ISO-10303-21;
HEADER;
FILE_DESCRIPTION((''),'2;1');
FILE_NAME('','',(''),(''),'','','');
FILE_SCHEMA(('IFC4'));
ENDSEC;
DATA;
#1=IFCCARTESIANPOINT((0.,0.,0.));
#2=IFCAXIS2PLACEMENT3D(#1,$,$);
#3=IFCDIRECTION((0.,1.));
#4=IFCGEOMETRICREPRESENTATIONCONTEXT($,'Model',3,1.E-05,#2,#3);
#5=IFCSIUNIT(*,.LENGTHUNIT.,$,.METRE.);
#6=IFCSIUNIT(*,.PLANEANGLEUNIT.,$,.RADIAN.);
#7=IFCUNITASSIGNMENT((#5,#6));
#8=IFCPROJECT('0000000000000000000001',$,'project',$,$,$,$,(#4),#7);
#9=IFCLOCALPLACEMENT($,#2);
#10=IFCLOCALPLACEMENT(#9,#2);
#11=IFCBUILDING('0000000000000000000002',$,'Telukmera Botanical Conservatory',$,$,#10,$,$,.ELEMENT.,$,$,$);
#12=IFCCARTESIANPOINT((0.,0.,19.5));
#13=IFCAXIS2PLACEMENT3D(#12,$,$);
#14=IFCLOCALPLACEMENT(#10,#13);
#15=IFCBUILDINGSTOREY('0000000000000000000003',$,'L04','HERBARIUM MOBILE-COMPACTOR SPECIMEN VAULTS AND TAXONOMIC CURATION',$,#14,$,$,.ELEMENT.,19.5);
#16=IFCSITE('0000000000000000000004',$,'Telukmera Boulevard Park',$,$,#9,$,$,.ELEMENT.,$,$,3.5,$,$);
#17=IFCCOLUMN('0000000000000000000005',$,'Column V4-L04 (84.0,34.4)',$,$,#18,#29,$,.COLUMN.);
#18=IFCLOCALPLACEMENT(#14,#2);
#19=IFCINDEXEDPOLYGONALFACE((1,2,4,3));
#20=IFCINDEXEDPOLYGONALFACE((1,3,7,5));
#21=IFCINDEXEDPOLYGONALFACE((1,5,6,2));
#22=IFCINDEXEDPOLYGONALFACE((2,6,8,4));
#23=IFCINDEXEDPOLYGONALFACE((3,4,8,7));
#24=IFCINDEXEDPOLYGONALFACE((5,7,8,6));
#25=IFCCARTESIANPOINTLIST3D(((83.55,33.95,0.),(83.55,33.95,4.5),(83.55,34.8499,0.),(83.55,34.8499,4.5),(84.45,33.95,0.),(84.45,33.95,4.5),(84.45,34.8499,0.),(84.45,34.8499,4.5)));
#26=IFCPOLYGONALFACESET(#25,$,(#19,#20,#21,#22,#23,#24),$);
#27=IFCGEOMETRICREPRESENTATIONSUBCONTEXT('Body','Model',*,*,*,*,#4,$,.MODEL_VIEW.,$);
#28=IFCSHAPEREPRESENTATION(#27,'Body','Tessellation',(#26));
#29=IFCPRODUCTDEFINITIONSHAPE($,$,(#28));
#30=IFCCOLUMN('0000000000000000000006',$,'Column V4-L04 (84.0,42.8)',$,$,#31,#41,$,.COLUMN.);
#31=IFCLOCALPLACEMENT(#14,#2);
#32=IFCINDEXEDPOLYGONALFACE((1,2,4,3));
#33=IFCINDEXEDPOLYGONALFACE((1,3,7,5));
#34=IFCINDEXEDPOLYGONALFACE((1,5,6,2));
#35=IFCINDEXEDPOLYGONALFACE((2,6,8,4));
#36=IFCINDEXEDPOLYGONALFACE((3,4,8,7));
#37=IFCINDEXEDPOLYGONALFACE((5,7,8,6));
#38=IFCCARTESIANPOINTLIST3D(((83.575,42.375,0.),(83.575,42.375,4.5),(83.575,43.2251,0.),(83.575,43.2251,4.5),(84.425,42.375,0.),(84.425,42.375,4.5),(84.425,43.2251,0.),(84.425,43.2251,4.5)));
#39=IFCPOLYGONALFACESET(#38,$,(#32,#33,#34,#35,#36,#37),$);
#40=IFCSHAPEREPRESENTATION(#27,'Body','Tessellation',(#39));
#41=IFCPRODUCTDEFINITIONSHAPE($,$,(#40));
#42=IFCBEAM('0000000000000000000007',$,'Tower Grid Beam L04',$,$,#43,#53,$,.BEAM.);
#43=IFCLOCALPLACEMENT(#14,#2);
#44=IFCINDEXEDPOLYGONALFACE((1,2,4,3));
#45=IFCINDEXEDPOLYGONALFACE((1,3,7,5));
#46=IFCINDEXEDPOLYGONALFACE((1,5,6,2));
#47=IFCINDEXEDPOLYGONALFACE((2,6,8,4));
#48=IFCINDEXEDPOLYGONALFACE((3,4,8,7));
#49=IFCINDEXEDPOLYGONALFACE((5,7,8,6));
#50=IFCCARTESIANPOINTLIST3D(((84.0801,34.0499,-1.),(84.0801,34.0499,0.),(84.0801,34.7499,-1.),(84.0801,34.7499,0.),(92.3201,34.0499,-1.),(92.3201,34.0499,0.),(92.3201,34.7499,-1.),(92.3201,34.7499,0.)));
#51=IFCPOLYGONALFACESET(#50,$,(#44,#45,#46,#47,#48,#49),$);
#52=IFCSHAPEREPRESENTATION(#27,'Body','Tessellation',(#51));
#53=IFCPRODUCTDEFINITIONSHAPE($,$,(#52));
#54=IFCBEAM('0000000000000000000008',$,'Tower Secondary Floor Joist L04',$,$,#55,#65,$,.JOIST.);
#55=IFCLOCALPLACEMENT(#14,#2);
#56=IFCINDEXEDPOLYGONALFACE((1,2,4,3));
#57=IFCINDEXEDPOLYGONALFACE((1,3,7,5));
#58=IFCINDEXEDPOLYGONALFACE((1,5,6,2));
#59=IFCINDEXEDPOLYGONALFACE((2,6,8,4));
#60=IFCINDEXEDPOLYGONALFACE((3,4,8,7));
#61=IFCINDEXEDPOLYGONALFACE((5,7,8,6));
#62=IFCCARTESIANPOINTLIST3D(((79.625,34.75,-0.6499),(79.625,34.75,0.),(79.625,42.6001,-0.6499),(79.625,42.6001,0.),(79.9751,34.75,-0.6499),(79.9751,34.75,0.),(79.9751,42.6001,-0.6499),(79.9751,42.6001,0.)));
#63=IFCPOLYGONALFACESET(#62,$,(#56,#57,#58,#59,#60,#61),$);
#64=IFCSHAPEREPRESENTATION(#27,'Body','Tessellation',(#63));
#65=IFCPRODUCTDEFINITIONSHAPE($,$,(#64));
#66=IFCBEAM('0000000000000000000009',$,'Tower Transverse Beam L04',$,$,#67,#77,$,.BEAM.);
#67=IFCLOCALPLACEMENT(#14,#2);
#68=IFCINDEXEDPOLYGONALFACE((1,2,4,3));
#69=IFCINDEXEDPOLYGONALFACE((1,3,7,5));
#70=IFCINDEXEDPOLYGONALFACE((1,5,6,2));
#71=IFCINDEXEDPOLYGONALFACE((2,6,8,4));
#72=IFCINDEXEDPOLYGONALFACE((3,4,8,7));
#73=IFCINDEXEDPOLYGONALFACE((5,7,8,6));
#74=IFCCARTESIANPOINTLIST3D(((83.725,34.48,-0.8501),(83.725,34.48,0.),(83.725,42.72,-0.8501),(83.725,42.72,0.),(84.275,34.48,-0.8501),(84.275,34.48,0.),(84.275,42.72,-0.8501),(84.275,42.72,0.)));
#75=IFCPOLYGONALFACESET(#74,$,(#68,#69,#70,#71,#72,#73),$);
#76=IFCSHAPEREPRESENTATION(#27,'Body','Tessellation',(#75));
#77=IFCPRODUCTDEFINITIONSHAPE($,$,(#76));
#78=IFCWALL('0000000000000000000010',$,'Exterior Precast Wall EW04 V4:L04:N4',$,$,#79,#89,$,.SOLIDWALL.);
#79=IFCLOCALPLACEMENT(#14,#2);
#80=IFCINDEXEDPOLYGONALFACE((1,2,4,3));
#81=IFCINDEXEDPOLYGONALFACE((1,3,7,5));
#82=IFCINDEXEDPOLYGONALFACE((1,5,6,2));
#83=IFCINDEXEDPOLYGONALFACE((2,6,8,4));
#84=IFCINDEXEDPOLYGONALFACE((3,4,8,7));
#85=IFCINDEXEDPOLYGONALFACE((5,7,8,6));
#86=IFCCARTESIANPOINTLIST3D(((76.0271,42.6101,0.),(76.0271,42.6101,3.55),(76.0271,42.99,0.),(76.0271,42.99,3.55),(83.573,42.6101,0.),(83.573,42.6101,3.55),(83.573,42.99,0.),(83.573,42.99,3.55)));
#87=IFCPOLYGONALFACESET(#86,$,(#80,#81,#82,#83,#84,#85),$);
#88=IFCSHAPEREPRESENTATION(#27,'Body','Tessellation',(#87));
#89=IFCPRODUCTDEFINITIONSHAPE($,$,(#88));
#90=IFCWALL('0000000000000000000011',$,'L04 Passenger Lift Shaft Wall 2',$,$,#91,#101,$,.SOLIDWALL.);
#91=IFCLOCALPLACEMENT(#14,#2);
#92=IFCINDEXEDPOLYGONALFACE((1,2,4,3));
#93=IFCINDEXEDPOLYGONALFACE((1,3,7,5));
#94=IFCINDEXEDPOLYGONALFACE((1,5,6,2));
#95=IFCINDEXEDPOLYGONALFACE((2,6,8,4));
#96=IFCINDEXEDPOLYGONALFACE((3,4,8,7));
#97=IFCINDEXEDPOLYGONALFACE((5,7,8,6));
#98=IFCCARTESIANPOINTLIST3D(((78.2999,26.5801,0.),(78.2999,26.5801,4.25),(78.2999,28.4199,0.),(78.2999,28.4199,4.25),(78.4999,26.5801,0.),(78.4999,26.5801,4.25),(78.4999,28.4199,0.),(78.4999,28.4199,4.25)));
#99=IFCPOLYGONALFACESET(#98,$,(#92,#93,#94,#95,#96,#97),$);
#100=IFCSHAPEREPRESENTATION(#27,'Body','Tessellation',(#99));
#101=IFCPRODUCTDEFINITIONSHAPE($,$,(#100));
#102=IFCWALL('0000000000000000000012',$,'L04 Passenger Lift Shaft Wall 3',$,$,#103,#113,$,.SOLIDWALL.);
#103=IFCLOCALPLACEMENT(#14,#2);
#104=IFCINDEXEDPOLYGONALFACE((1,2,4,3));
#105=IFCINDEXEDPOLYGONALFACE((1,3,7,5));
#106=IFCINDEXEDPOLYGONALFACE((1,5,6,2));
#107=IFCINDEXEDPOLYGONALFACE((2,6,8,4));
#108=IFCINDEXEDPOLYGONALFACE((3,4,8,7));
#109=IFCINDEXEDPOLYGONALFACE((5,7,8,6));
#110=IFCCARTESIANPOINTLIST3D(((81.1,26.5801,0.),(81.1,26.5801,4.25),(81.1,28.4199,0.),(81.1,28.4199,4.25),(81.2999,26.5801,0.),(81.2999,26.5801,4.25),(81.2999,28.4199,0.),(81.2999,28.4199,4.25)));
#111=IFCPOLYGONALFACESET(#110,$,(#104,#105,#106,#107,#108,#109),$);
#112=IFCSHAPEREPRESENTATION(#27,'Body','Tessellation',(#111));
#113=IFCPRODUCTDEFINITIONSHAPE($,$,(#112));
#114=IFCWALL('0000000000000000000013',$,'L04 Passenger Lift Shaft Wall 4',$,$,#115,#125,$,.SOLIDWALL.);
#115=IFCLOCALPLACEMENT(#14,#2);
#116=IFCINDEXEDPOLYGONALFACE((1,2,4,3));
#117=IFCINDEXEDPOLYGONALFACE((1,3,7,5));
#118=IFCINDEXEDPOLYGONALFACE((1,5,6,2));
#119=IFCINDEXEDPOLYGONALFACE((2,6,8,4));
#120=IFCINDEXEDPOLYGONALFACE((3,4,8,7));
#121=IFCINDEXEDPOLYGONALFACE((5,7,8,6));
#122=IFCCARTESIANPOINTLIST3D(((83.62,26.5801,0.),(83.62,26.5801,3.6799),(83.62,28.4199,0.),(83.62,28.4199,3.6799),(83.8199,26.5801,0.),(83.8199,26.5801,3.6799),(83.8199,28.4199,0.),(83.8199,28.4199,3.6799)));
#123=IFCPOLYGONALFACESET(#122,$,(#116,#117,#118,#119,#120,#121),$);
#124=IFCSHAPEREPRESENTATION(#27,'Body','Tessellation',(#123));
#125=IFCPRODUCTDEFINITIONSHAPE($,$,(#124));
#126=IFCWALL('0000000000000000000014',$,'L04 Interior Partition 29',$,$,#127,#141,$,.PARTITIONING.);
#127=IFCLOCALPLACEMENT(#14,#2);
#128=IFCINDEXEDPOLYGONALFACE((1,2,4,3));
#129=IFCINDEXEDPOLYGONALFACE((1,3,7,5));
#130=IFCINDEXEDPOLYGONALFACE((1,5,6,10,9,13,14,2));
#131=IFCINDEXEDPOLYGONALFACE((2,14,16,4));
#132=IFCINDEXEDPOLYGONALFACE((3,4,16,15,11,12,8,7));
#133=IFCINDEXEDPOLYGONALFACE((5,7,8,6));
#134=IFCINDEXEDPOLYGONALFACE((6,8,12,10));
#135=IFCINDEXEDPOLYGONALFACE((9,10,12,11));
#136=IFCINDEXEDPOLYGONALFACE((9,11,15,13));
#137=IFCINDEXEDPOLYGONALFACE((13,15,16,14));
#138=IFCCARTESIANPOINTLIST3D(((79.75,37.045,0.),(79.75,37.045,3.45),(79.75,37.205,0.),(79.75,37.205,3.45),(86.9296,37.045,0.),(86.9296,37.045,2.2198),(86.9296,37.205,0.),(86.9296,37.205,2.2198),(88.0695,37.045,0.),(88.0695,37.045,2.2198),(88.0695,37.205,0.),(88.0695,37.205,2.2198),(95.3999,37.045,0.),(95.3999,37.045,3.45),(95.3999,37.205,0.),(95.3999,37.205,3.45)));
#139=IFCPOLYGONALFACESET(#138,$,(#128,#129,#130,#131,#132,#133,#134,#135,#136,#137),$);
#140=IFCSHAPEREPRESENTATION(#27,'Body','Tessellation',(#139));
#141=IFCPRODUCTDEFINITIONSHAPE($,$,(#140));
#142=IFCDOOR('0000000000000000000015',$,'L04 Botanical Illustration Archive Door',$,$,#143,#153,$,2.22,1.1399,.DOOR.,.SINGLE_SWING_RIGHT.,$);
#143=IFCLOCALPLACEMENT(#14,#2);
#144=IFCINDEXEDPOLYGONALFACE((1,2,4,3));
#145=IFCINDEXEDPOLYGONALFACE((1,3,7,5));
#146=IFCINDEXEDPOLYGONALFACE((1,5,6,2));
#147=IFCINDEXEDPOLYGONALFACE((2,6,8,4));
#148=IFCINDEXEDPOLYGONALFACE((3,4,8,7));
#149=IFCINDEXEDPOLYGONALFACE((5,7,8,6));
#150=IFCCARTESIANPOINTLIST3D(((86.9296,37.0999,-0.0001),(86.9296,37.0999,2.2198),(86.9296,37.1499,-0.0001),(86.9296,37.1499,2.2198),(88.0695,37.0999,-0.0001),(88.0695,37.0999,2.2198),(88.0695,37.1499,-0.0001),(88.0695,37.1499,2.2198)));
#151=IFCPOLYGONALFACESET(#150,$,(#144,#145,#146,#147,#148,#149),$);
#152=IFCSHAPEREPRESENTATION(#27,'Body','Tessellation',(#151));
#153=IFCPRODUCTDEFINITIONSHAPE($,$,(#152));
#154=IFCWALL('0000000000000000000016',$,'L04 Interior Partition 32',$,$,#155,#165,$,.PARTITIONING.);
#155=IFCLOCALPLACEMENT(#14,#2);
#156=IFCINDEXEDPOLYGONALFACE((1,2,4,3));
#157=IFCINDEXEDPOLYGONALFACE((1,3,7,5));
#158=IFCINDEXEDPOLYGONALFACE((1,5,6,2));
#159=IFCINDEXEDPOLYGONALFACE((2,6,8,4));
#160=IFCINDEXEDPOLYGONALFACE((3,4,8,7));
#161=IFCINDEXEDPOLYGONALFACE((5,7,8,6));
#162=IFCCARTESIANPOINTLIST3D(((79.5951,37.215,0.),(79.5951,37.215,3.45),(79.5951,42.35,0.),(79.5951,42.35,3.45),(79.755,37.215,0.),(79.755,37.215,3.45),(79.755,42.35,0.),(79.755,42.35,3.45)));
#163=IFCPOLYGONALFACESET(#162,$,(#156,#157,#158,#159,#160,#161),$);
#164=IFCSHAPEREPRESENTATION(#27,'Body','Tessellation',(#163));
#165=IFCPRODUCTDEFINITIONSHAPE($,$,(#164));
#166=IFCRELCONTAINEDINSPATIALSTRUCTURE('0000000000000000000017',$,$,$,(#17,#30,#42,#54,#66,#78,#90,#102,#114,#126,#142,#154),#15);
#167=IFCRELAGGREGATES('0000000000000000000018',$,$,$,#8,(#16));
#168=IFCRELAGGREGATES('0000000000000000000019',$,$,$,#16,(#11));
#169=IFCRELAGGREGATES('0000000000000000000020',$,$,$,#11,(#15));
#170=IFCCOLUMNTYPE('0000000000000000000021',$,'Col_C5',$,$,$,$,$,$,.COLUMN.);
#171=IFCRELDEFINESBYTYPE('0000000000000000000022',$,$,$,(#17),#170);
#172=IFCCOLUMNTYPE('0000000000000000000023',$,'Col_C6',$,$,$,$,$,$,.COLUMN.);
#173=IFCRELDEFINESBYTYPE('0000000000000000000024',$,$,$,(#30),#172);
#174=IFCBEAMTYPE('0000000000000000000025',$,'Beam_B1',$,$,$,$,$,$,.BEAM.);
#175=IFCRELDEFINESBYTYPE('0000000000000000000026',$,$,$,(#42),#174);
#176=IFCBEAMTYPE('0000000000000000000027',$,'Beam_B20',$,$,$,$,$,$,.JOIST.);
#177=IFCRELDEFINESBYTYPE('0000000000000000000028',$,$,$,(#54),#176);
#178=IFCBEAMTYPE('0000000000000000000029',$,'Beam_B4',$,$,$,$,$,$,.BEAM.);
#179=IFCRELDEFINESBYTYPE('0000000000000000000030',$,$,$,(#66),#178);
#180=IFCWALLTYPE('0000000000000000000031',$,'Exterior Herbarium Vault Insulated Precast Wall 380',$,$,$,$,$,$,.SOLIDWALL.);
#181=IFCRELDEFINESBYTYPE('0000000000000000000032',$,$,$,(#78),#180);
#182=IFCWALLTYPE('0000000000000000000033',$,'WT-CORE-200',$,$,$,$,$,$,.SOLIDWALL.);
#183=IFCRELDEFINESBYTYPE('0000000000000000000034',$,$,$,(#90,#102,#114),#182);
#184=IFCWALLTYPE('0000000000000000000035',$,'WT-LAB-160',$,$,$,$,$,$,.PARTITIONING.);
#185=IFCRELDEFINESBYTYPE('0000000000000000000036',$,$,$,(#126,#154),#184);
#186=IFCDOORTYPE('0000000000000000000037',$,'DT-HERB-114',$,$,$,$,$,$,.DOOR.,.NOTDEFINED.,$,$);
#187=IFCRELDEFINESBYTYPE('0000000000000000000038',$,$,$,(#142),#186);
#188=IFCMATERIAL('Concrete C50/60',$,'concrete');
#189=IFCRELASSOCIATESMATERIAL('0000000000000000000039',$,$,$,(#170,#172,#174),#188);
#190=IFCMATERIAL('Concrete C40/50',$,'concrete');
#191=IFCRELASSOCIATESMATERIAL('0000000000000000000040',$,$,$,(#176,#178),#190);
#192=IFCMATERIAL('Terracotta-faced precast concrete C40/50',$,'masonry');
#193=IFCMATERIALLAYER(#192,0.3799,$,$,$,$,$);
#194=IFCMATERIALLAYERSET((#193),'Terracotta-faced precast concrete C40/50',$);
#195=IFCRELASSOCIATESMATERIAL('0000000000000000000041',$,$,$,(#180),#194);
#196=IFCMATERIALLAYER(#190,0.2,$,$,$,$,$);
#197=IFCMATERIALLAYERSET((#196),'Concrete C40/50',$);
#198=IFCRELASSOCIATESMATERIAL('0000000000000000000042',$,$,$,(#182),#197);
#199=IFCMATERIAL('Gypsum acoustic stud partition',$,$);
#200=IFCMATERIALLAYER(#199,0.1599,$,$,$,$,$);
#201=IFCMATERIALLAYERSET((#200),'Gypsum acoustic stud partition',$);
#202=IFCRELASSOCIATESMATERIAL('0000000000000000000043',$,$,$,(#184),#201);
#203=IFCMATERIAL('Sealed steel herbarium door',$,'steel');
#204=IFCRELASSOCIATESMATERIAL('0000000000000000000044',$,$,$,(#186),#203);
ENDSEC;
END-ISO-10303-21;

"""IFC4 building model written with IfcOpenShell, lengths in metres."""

from ifc_helpers import new_model, si_unit, direction, frame, frame_2d, origin, origin_2d, place, context, subcontext, project, spatial, rectangle, extrude, material, layer, layer_set, material_profile, profile_set, type_object, element, fill, save


model = new_model("IFC4")

# Units and contexts
model_context = context("Model", 3, precision=1e-05, world=origin(), true_north=direction((0.0, 1.0)))
body_context = subcontext(model_context, "Body", "Model", "MODEL_VIEW")
ifc_project = project(units=[si_unit("LENGTHUNIT", "METRE"), si_unit("PLANEANGLEUNIT", "RADIAN")], contexts=[model_context])

# Site, building, storey
site_placement = place(None, origin())
site = spatial("IfcSite", under=ifc_project, at=site_placement, Name="Telukmera Boulevard Park", CompositionType="ELEMENT", RefElevation=3.5)
building_placement = place(site_placement, origin())
building = spatial("IfcBuilding", under=site, at=building_placement, Name="Telukmera Botanical Conservatory", CompositionType="ELEMENT")
storey_placement = place(building_placement, frame((0.0, 0.0, 19.5)))
storey = spatial("IfcBuildingStorey", under=building, at=storey_placement, Name="L04", Description="HERBARIUM MOBILE-COMPACTOR SPECIMEN VAULTS AND TAXONOMIC CURATION", CompositionType="ELEMENT", Elevation=19.5)

# Columns
ifc_material_1 = material(Name="Concrete C50/60", Category="concrete")
ifc_material_profile_1 = material_profile(ifc_material_1, rectangle(XDim=0.8999, YDim=0.8999, at=origin_2d()), Name="RC 900x900")
ifc_profile_set_1 = profile_set([ifc_material_profile_1], Name="Concrete C50/60")
column_type_1 = type_object("IfcColumnType", Name="Col_C5", PredefinedType="COLUMN", material=ifc_profile_set_1)
column_1_placement = place(storey_placement, frame((84.0, 34.3999, 0.0), z_axis=(0.0, 0.0, 1.0), x_axis=(1.0, 0.0, 0.0)))
element("IfcColumn", 1, at=column_1_placement, inside=storey, type_object=column_type_1, Name="Column V4-L04 (84.0,34.4)", PredefinedType="COLUMN", context=body_context, shape_type="SweptSolid", body=[
    extrude(rectangle(XDim=0.8999, YDim=0.8999, at=origin_2d()), origin(), (0.0, 0.0, 1.0), 4.5),
])
ifc_material_profile_2 = material_profile(ifc_material_1, rectangle(XDim=0.8501, YDim=0.8501, at=origin_2d()), Name="RC 850x850")
ifc_profile_set_2 = profile_set([ifc_material_profile_2], Name="Concrete C50/60")
column_type_2 = type_object("IfcColumnType", Name="Col_C6", PredefinedType="COLUMN", material=ifc_profile_set_2)
column_2_placement = place(storey_placement, frame((84.0, 42.8, 0.0), z_axis=(0.0, 0.0, 1.0), x_axis=(1.0, 0.0, 0.0)))
element("IfcColumn", 2, at=column_2_placement, inside=storey, type_object=column_type_2, Name="Column V4-L04 (84.0,42.8)", PredefinedType="COLUMN", context=body_context, shape_type="SweptSolid", body=[
    extrude(rectangle(XDim=0.8501, YDim=0.8501, at=origin_2d()), origin(), (0.0, 0.0, 1.0), 4.5),
])

# Beams
ifc_material_profile_3 = material_profile(ifc_material_1, rectangle(XDim=0.7, YDim=1.0, at=origin_2d()), Name="RC 700x1000")
ifc_profile_set_3 = profile_set([ifc_material_profile_3], Name="Concrete C50/60")
beam_type_1 = type_object("IfcBeamType", Name="Beam_B1", PredefinedType="BEAM", material=ifc_profile_set_3)
beam_1_placement = place(storey_placement, frame((84.0801, 34.3999, -0.5), z_axis=(1.0, 0.0, 0.0), x_axis=(0.0, 1.0, 0.0)))
element("IfcBeam", 3, at=beam_1_placement, inside=storey, type_object=beam_type_1, Name="Tower Grid Beam L04", PredefinedType="BEAM", context=body_context, shape_type="SweptSolid", body=[
    extrude(rectangle(XDim=0.7, YDim=1.0, at=origin_2d()), origin(), (0.0, 0.0, 1.0), 8.24),
])
ifc_material_2 = material(Name="Concrete C40/50", Category="concrete")
ifc_material_profile_4 = material_profile(ifc_material_2, rectangle(XDim=0.3501, YDim=0.6499, at=origin_2d()), Name="RC 350x650")
ifc_profile_set_4 = profile_set([ifc_material_profile_4], Name="Concrete C40/50")
beam_type_2 = type_object("IfcBeamType", Name="Beam_B20", PredefinedType="JOIST", material=ifc_profile_set_4)
beam_2_placement = place(storey_placement, frame((79.8, 34.75, -0.325), z_axis=(0.0, 1.0, 0.0), x_axis=(-1.0, 0.0, 0.0)))
element("IfcBeam", 4, at=beam_2_placement, inside=storey, type_object=beam_type_2, Name="Tower Secondary Floor Joist L04", PredefinedType="JOIST", context=body_context, shape_type="SweptSolid", body=[
    extrude(rectangle(XDim=0.3501, YDim=0.6499, at=origin_2d()), origin(), (0.0, 0.0, 1.0), 7.8501),
])
ifc_material_profile_5 = material_profile(ifc_material_2, rectangle(XDim=0.55, YDim=0.8501, at=origin_2d()), Name="RC 550x850")
ifc_profile_set_5 = profile_set([ifc_material_profile_5], Name="Concrete C40/50")
beam_type_3 = type_object("IfcBeamType", Name="Beam_B4", PredefinedType="BEAM", material=ifc_profile_set_5)
beam_3_placement = place(storey_placement, frame((84.0, 34.48, -0.425), z_axis=(0.0, 1.0, 0.0), x_axis=(-1.0, 0.0, 0.0)))
element("IfcBeam", 5, at=beam_3_placement, inside=storey, type_object=beam_type_3, Name="Tower Transverse Beam L04", PredefinedType="BEAM", context=body_context, shape_type="SweptSolid", body=[
    extrude(rectangle(XDim=0.55, YDim=0.8501, at=origin_2d()), origin(), (0.0, 0.0, 1.0), 8.24),
])

# Walls
ifc_material_3 = material(Name="Terracotta-faced precast concrete C40/50", Category="masonry")
ifc_layer_1 = layer(ifc_material_3, 0.3799)
ifc_layer_set_1 = layer_set([ifc_layer_1], Name="Terracotta-faced precast concrete C40/50")
wall_type_1 = type_object("IfcWallType", Name="Exterior Herbarium Vault Insulated Precast Wall 380", PredefinedType="SOLIDWALL", material=ifc_layer_set_1)
wall_1_placement = place(storey_placement, frame((76.0271, 42.8, 0.0), z_axis=(0.0, 0.0, 1.0), x_axis=(1.0, 0.0, 0.0)))
element("IfcWall", 6, at=wall_1_placement, inside=storey, type_object=wall_type_1, Name="Exterior Precast Wall EW04 V4:L04:N4", PredefinedType="SOLIDWALL", context=body_context, shape_type="SweptSolid", body=[
    extrude(rectangle(XDim=7.5459, YDim=0.3799, at=frame_2d((3.7729, 0.0))), origin(), (0.0, 0.0, 1.0), 3.55),
])
ifc_layer_2 = layer(ifc_material_2, 0.2)
ifc_layer_set_2 = layer_set([ifc_layer_2], Name="Concrete C40/50")
wall_type_2 = type_object("IfcWallType", Name="WT-CORE-200", PredefinedType="SOLIDWALL", material=ifc_layer_set_2)
for number, where, z_axis, x_axis, name in (
    (7, (78.3999, 26.5801, 0.0), (0.0, 0.0, 1.0), (0.0, 1.0, 0.0), "L04 Passenger Lift Shaft Wall 2"),
    (8, (81.2, 26.5801, 0.0), (0.0, 0.0, 1.0), (0.0, 1.0, 0.0), "L04 Passenger Lift Shaft Wall 3"),
):
    element("IfcWall", number, at=place(storey_placement, frame(where, z_axis=z_axis, x_axis=x_axis)), inside=storey, type_object=wall_type_2, Name=name, PredefinedType="SOLIDWALL", context=body_context, shape_type="SweptSolid", body=[
        extrude(rectangle(XDim=1.8398, YDim=0.2, at=frame_2d((0.9199, 0.0))), origin(), (0.0, 0.0, 1.0), 4.25),
    ])
wall_2_placement = place(storey_placement, frame((83.72, 26.5801, 0.0), z_axis=(0.0, 0.0, 1.0), x_axis=(0.0, 1.0, 0.0)))
element("IfcWall", 9, at=wall_2_placement, inside=storey, type_object=wall_type_2, Name="L04 Passenger Lift Shaft Wall 4", PredefinedType="SOLIDWALL", context=body_context, shape_type="SweptSolid", body=[
    extrude(rectangle(XDim=1.8398, YDim=0.2, at=frame_2d((0.9199, 0.0))), origin(), (0.0, 0.0, 1.0), 3.6799),
])

# Wall, opening, door
ifc_material_4 = material(Name="Gypsum acoustic stud partition")
ifc_layer_3 = layer(ifc_material_4, 0.1599)
ifc_layer_set_3 = layer_set([ifc_layer_3], Name="Gypsum acoustic stud partition")
wall_type_3 = type_object("IfcWallType", Name="WT-LAB-160", PredefinedType="PARTITIONING", material=ifc_layer_set_3)
wall_3_placement = place(storey_placement, frame((79.75, 37.125, 0.0), z_axis=(0.0, 0.0, 1.0), x_axis=(1.0, 0.0, 0.0)))
wall_3 = element("IfcWall", 10, at=wall_3_placement, inside=storey, type_object=wall_type_3, Name="L04 Interior Partition 29", PredefinedType="PARTITIONING", context=body_context, shape_type="SweptSolid", body=[
    extrude(rectangle(XDim=15.6499, YDim=0.1599, at=frame_2d((7.825, 0.0))), origin(), (0.0, 0.0, 1.0), 3.45),
])
opening_1_placement = place(wall_3_placement, frame((7.1797, 0.0, 0.0)))
opening_1 = element("IfcOpeningElement", 11, at=opening_1_placement, cuts=wall_3, PredefinedType="OPENING", context=body_context, shape_type="SweptSolid", body=[
    extrude(rectangle(XDim=1.1399, YDim=2.22, at=frame_2d((0.5698, 1.1099))), frame((0.0, 0.0898, 0.0), z_axis=(0.0, -1.0, 0.0), x_axis=(1.0, 0.0, 0.0)), (0.0, 0.0, 1.0), 0.1799),
])
ifc_material_5 = material(Name="Sealed steel herbarium door", Category="steel")
door_type_1 = type_object("IfcDoorType", Name="DT-HERB-114", OperationType="NOTDEFINED", PredefinedType="DOOR", material=ifc_material_5)
door_1_placement = place(opening_1_placement, origin())
door_1 = element("IfcDoor", 12, at=door_1_placement, inside=storey, type_object=door_type_1, Name="L04 Botanical Illustration Archive Door", OperationType="SINGLE_SWING_RIGHT", OverallHeight=2.22, OverallWidth=1.1399, PredefinedType="DOOR", context=body_context, shape_type="SweptSolid", body=[
    extrude(rectangle(XDim=1.1399, YDim=2.22, at=frame_2d((0.5698, 1.1099))), frame((0.0, 0.0249, 0.0), z_axis=(0.0, -1.0, 0.0), x_axis=(1.0, 0.0, 0.0)), (0.0, 0.0, 1.0), 0.05),
])
fill(opening_1, door_1)

# Wall
wall_4_placement = place(storey_placement, frame((79.675, 37.2151, 0.0), z_axis=(0.0, 0.0, 1.0), x_axis=(0.0, 1.0, 0.0)))
element("IfcWall", 13, at=wall_4_placement, inside=storey, type_object=wall_type_3, Name="L04 Interior Partition 32", PredefinedType="PARTITIONING", context=body_context, shape_type="SweptSolid", body=[
    extrude(rectangle(XDim=5.135, YDim=0.1599, at=frame_2d((2.5674, 0.0))), origin(), (0.0, 0.0, 1.0), 3.45),
])

save(model, "model.ifc")
